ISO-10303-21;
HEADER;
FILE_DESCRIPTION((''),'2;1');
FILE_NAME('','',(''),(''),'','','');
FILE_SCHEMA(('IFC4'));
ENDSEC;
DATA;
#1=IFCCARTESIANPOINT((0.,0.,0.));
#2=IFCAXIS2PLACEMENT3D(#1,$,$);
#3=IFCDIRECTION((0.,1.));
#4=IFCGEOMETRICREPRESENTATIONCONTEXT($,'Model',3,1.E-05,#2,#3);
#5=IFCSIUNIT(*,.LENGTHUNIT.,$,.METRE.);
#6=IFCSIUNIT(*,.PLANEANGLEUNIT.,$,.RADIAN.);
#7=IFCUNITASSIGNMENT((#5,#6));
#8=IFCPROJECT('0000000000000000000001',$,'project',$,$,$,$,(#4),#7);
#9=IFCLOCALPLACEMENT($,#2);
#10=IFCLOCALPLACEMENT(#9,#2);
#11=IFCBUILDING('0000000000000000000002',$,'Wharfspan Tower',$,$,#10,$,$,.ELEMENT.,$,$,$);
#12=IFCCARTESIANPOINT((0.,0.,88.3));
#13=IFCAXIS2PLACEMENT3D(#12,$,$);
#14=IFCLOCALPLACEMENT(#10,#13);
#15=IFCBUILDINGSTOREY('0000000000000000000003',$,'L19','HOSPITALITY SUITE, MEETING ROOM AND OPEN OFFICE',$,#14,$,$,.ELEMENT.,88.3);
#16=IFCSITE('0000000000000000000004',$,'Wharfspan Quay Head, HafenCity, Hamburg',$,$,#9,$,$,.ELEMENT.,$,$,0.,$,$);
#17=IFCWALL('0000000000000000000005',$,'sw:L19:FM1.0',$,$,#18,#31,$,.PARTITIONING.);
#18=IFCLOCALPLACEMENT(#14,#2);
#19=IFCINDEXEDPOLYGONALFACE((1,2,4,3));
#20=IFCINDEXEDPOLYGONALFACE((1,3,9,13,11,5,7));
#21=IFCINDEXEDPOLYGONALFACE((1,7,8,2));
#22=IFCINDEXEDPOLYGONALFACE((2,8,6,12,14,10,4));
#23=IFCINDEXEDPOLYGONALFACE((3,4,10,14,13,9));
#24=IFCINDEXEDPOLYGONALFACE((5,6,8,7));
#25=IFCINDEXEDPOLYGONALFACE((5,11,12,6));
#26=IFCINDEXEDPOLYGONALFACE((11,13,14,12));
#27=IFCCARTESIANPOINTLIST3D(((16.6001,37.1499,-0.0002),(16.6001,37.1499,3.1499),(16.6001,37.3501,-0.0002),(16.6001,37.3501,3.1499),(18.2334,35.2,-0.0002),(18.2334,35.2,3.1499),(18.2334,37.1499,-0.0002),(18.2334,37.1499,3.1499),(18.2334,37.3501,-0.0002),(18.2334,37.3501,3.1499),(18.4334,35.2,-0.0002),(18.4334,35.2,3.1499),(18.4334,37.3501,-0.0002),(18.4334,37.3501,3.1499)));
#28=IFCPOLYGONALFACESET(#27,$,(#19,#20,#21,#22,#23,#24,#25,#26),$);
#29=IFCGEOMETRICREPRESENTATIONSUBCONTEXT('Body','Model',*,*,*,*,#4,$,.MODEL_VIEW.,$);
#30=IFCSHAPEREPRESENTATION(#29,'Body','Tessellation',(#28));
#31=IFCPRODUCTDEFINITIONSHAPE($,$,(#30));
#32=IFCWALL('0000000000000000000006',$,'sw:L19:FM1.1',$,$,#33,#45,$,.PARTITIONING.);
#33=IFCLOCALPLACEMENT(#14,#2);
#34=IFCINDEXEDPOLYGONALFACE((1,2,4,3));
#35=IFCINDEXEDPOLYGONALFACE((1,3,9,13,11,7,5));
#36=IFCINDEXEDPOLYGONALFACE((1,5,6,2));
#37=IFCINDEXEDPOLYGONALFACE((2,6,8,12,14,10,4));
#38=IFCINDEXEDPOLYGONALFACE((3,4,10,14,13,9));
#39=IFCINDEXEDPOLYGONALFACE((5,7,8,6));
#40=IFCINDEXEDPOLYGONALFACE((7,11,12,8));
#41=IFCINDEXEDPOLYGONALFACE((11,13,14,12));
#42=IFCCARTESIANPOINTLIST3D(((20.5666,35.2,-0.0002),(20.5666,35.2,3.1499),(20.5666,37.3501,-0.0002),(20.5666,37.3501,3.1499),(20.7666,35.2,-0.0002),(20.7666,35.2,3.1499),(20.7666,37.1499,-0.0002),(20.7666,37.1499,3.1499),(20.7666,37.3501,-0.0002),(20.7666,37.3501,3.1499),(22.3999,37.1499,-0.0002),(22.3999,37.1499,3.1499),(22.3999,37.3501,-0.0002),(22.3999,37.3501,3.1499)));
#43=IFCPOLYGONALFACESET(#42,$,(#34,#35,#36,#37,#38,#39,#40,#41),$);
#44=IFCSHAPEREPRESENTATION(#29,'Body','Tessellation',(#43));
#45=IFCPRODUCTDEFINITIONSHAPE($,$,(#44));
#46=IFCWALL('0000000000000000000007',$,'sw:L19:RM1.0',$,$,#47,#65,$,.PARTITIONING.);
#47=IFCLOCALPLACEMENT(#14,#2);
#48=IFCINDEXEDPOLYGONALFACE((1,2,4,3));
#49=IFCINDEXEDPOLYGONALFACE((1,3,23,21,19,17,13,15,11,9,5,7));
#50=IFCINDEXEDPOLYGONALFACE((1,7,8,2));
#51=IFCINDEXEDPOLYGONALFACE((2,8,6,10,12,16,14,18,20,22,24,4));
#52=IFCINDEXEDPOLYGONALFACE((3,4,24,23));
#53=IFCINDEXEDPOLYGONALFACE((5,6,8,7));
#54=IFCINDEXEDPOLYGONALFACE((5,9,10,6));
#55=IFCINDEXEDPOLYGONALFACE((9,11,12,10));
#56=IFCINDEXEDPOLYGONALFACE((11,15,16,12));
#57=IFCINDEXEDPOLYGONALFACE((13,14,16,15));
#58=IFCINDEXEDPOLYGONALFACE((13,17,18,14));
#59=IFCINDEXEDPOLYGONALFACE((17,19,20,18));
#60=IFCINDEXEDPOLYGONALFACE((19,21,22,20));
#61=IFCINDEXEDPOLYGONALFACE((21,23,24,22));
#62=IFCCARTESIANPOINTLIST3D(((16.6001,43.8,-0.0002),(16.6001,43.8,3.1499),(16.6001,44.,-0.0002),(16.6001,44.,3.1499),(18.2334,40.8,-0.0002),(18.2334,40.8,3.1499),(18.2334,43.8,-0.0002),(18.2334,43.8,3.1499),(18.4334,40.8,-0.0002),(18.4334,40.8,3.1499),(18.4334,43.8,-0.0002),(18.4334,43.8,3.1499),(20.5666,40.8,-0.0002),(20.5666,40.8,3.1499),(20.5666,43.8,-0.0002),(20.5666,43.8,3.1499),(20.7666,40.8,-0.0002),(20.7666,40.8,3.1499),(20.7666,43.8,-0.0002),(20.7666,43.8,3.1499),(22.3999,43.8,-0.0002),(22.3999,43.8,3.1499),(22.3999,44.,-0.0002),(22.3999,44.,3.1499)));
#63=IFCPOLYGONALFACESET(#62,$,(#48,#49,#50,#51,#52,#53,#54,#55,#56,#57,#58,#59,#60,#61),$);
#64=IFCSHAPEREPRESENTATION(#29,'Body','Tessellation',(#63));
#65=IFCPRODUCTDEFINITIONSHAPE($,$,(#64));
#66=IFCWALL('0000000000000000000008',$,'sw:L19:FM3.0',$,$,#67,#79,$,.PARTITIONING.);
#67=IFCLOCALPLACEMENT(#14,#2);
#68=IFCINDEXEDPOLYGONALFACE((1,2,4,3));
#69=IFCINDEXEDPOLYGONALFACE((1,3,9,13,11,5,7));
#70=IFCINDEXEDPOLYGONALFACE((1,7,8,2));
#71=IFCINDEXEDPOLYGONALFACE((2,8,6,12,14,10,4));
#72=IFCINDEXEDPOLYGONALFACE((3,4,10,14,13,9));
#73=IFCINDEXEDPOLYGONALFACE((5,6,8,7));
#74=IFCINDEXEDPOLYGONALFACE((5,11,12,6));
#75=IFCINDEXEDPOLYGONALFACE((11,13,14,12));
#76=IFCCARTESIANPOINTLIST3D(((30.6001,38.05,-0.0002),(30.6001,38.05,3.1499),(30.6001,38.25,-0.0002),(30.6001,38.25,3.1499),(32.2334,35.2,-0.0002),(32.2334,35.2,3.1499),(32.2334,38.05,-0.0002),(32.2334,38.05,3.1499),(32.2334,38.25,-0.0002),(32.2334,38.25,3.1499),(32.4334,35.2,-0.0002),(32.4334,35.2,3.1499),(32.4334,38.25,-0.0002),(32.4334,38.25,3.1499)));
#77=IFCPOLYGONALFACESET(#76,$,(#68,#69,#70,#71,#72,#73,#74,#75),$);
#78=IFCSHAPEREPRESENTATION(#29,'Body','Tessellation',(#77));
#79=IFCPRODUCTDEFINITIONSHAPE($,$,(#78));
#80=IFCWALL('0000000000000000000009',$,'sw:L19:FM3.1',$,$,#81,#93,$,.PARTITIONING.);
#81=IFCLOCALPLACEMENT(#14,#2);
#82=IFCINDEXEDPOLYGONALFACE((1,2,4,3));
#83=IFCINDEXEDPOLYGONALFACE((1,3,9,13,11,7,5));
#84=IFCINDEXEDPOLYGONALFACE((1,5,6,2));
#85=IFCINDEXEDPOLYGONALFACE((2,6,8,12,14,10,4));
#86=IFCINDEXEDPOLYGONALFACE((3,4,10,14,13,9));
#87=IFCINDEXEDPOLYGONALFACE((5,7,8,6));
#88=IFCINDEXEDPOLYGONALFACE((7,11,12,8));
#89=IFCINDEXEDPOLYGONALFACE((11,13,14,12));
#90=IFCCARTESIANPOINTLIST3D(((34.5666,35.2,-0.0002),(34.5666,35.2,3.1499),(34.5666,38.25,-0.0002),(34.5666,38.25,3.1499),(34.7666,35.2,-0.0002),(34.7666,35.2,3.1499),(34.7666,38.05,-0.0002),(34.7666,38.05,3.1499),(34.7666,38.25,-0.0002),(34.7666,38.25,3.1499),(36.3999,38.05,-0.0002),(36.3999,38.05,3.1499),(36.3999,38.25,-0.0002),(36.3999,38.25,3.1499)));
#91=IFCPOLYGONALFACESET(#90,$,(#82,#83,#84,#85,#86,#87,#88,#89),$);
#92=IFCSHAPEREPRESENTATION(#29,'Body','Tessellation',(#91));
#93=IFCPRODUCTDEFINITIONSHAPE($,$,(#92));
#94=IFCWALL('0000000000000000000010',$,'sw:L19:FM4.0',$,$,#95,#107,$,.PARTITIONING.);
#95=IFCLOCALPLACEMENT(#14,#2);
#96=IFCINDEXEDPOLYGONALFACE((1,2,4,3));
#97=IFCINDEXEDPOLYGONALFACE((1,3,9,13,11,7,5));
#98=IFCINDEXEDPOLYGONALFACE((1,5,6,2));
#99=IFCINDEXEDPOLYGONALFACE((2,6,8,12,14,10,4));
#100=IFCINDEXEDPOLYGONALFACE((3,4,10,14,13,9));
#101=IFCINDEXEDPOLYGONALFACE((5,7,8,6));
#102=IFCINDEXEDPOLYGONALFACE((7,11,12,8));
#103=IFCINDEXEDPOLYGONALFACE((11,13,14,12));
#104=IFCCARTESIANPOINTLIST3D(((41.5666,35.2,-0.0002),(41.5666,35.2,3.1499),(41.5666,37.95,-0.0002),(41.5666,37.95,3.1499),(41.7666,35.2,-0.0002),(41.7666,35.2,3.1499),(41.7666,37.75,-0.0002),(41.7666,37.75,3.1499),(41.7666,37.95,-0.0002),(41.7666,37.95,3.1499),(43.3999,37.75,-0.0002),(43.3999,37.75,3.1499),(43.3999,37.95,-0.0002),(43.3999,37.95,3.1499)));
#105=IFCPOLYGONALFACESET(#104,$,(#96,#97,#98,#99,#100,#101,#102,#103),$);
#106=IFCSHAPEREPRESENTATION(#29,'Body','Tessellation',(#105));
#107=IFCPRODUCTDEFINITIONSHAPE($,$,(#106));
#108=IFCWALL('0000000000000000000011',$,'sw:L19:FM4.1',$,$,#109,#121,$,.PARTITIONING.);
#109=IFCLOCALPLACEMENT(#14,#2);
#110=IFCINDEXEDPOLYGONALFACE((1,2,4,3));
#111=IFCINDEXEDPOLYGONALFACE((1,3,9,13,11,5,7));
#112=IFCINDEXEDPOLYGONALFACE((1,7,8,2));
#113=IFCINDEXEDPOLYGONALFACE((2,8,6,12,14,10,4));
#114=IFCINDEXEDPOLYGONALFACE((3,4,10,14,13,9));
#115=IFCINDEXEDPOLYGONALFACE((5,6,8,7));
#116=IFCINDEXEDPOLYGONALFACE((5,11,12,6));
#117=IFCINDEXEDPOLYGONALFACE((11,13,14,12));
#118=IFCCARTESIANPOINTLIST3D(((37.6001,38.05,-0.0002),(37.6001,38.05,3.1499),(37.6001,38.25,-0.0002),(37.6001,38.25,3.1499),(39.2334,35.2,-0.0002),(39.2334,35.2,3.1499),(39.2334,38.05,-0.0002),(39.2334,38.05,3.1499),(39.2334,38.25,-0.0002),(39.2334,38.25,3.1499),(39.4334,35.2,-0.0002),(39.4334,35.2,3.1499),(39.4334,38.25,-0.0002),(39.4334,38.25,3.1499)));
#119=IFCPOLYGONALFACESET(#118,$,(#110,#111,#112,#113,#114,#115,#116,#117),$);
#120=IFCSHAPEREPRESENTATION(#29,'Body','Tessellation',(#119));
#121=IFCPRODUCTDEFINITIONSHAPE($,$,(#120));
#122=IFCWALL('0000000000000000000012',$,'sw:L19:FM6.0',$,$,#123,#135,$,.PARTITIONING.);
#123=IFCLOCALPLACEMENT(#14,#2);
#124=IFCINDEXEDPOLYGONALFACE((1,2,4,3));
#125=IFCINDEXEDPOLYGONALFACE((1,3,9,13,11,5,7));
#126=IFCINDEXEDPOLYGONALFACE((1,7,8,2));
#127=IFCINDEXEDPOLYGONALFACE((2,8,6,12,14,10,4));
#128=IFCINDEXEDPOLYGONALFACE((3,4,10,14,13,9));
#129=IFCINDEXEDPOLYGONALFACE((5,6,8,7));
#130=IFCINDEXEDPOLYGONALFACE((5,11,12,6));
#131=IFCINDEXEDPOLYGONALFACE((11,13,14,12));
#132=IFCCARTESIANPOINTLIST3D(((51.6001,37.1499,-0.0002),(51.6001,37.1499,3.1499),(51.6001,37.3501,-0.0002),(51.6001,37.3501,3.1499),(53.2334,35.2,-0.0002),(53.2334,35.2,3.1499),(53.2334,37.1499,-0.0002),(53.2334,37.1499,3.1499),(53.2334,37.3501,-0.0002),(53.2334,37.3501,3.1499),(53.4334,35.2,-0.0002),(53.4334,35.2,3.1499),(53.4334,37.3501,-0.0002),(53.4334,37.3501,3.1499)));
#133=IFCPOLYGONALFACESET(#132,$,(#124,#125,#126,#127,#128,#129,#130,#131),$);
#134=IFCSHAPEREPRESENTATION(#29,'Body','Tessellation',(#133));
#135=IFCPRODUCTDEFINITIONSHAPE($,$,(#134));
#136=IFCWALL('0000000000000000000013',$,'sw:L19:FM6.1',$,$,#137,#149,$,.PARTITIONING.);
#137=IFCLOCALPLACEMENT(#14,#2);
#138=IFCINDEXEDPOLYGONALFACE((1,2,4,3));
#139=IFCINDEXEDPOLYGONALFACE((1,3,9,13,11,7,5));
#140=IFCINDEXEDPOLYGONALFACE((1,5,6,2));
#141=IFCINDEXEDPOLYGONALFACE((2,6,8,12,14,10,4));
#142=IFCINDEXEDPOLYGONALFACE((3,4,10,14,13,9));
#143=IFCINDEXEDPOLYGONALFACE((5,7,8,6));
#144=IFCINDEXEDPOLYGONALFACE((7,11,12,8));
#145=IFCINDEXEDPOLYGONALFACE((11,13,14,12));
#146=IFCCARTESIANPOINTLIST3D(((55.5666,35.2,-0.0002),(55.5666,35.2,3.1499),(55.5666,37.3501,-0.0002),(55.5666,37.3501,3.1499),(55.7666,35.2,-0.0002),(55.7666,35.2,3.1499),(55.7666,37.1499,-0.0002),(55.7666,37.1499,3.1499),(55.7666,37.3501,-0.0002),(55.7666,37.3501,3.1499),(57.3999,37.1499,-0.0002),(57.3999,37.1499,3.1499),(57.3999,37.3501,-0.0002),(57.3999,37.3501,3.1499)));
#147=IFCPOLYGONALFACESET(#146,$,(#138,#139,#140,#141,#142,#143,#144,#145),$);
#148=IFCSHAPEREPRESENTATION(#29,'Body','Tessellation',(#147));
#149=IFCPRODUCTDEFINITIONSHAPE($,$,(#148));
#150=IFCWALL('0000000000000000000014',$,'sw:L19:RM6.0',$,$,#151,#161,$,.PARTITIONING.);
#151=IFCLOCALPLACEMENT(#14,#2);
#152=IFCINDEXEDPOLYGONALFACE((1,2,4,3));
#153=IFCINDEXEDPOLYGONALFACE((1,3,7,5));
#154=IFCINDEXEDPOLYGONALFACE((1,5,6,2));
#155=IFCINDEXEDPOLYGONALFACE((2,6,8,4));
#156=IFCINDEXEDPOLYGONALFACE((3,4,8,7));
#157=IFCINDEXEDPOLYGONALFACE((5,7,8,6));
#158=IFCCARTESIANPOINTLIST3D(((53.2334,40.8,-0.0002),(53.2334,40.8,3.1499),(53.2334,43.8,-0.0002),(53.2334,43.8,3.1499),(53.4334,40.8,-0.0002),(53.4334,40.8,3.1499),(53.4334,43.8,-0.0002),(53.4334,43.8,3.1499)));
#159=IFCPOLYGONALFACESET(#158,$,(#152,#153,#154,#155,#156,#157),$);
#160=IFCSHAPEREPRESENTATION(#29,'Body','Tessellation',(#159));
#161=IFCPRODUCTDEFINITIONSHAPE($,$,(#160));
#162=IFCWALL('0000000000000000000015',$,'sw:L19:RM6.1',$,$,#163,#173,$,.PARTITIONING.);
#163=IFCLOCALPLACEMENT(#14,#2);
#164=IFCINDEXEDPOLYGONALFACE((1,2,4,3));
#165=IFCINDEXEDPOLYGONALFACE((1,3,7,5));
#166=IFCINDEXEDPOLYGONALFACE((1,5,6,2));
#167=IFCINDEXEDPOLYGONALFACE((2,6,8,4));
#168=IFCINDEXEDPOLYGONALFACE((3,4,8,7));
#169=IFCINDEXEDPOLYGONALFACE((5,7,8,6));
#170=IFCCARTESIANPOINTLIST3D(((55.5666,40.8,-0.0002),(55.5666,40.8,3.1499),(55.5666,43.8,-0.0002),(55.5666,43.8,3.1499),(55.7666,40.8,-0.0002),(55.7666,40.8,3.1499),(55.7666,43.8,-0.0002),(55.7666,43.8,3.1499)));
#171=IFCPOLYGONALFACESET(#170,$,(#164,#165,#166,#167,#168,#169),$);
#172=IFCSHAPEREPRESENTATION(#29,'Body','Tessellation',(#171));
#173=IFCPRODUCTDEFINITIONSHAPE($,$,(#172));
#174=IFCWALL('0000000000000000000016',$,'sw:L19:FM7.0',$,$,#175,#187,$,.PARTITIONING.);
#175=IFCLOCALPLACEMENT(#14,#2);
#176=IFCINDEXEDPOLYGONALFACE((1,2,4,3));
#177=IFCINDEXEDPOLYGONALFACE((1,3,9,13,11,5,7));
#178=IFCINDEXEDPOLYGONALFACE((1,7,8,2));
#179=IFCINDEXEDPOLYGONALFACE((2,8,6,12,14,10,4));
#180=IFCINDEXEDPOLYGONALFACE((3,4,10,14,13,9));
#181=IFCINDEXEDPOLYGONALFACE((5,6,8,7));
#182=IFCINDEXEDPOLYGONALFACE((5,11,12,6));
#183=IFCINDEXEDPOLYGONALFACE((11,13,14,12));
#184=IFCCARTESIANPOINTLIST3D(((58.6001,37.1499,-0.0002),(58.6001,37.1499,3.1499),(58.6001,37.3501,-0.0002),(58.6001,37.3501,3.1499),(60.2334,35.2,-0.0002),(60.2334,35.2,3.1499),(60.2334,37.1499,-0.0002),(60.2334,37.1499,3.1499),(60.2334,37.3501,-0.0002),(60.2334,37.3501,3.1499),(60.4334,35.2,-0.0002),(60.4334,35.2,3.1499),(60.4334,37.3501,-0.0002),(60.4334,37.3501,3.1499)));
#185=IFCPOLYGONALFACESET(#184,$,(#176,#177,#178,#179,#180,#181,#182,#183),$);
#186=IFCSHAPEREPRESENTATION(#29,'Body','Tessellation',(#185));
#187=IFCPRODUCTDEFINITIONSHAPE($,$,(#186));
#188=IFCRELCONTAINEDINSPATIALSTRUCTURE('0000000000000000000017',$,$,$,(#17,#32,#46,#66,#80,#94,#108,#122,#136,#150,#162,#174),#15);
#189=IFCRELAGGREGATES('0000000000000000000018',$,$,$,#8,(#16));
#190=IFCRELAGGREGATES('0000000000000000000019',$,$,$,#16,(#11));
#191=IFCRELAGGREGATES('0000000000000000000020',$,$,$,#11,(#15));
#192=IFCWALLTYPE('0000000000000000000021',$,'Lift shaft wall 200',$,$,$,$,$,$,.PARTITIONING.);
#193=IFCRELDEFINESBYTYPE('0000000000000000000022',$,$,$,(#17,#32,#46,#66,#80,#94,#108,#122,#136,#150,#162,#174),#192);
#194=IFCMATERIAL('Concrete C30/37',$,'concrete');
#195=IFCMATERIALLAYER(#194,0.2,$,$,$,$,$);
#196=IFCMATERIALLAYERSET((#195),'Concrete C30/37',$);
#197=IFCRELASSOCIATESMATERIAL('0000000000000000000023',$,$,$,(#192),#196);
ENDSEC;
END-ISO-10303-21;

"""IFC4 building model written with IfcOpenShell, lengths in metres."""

from ifc_helpers import new_model, si_unit, direction, frame, origin, place, context, subcontext, project, spatial, polyline, outline, extrude, material, layer, layer_set, type_object, element, save


model = new_model("IFC4")

# Units and contexts
model_context = context("Model", 3, precision=1e-05, world=origin(), true_north=direction((0.0, 1.0)))
body_context = subcontext(model_context, "Body", "Model", "MODEL_VIEW")
ifc_project = project(units=[si_unit("LENGTHUNIT", "METRE"), si_unit("PLANEANGLEUNIT", "RADIAN")], contexts=[model_context])

# Site, building, storey
site_placement = place(None, origin())
site = spatial("IfcSite", under=ifc_project, at=site_placement, Name="Wharfspan Quay Head, HafenCity, Hamburg", CompositionType="ELEMENT", RefElevation=0.0)
building_placement = place(site_placement, origin())
building = spatial("IfcBuilding", under=site, at=building_placement, Name="Wharfspan Tower", CompositionType="ELEMENT")
storey_placement = place(building_placement, frame((0.0, 0.0, 88.3)))
storey = spatial("IfcBuildingStorey", under=building, at=storey_placement, Name="L19", Description="HOSPITALITY SUITE, MEETING ROOM AND OPEN OFFICE", CompositionType="ELEMENT", Elevation=88.3)

# Walls
ifc_material_1 = material(Name="Concrete C30/37", Category="concrete")
ifc_layer_1 = layer(ifc_material_1, 0.2)
ifc_layer_set_1 = layer_set([ifc_layer_1], Name="Concrete C30/37")
wall_type_1 = type_object("IfcWallType", Name="Lift shaft wall 200", PredefinedType="PARTITIONING", material=ifc_layer_set_1)
wall_1_placement = place(storey_placement, frame((0.0, 0.0, -0.0002)))
element("IfcWall", 1, at=wall_1_placement, inside=storey, type_object=wall_type_1, Name="sw:L19:FM1.0", PredefinedType="PARTITIONING", context=body_context, shape_type="SweptSolid", body=[
    extrude(outline(polyline([(18.2334, 37.1499), (16.6001, 37.1499), (16.6001, 37.3501), (18.2334, 37.3501), (18.4334, 37.3501), (18.4334, 35.2), (18.2334, 35.2), (18.2334, 37.1499)])), origin(), (0.0, 0.0, 1.0), 3.1501),
])
wall_2_placement = place(storey_placement, frame((0.0, 0.0, -0.0002)))
element("IfcWall", 2, at=wall_2_placement, inside=storey, type_object=wall_type_1, Name="sw:L19:FM1.1", PredefinedType="PARTITIONING", context=body_context, shape_type="SweptSolid", body=[
    extrude(outline(polyline([(20.5666, 37.3501), (20.7666, 37.3501), (22.3999, 37.3501), (22.3999, 37.1499), (20.7666, 37.1499), (20.7666, 35.2), (20.5666, 35.2), (20.5666, 37.3501)])), origin(), (0.0, 0.0, 1.0), 3.1501),
])
wall_3_placement = place(storey_placement, frame((0.0, 0.0, -0.0002)))
element("IfcWall", 3, at=wall_3_placement, inside=storey, type_object=wall_type_1, Name="sw:L19:RM1.0", PredefinedType="PARTITIONING", context=body_context, shape_type="SweptSolid", body=[
    extrude(outline(polyline([(18.4334, 40.8), (18.2334, 40.8), (18.2334, 43.8), (16.6001, 43.8), (16.6001, 44.0), (22.3999, 44.0), (22.3999, 43.8), (20.7666, 43.8), (20.7666, 40.8), (20.5666, 40.8), (20.5666, 43.8), (18.4334, 43.8), (18.4334, 40.8)])), origin(), (0.0, 0.0, 1.0), 3.1501),
])
wall_4_placement = place(storey_placement, frame((0.0, 0.0, -0.0002)))
element("IfcWall", 4, at=wall_4_placement, inside=storey, type_object=wall_type_1, Name="sw:L19:FM3.0", PredefinedType="PARTITIONING", context=body_context, shape_type="SweptSolid", body=[
    extrude(outline(polyline([(32.2334, 38.05), (30.6001, 38.05), (30.6001, 38.25), (32.2334, 38.25), (32.4333, 38.25), (32.4333, 35.2), (32.2334, 35.2), (32.2334, 38.05)])), origin(), (0.0, 0.0, 1.0), 3.1501),
])
wall_5_placement = place(storey_placement, frame((0.0, 0.0, -0.0002)))
element("IfcWall", 5, at=wall_5_placement, inside=storey, type_object=wall_type_1, Name="sw:L19:FM3.1", PredefinedType="PARTITIONING", context=body_context, shape_type="SweptSolid", body=[
    extrude(outline(polyline([(34.5667, 38.25), (34.7666, 38.25), (36.3999, 38.25), (36.3999, 38.05), (34.7666, 38.05), (34.7666, 35.2), (34.5667, 35.2), (34.5667, 38.25)])), origin(), (0.0, 0.0, 1.0), 3.1501),
])
wall_6_placement = place(storey_placement, frame((0.0, 0.0, -0.0002)))
element("IfcWall", 6, at=wall_6_placement, inside=storey, type_object=wall_type_1, Name="sw:L19:FM4.0", PredefinedType="PARTITIONING", context=body_context, shape_type="SweptSolid", body=[
    extrude(outline(polyline([(41.5667, 37.95), (41.7666, 37.95), (43.3999, 37.95), (43.3999, 37.75), (41.7666, 37.75), (41.7666, 35.2), (41.5667, 35.2), (41.5667, 37.95)])), origin(), (0.0, 0.0, 1.0), 3.1501),
])
wall_7_placement = place(storey_placement, frame((0.0, 0.0, -0.0002)))
element("IfcWall", 7, at=wall_7_placement, inside=storey, type_object=wall_type_1, Name="sw:L19:FM4.1", PredefinedType="PARTITIONING", context=body_context, shape_type="SweptSolid", body=[
    extrude(outline(polyline([(39.2334, 38.05), (37.6001, 38.05), (37.6001, 38.25), (39.2334, 38.25), (39.4333, 38.25), (39.4333, 35.2), (39.2334, 35.2), (39.2334, 38.05)])), origin(), (0.0, 0.0, 1.0), 3.1501),
])
wall_8_placement = place(storey_placement, frame((0.0, 0.0, -0.0002)))
element("IfcWall", 8, at=wall_8_placement, inside=storey, type_object=wall_type_1, Name="sw:L19:FM6.0", PredefinedType="PARTITIONING", context=body_context, shape_type="SweptSolid", body=[
    extrude(outline(polyline([(53.2334, 37.1499), (51.6001, 37.1499), (51.6001, 37.3501), (53.2334, 37.3501), (53.4333, 37.3501), (53.4333, 35.2), (53.2334, 35.2), (53.2334, 37.1499)])), origin(), (0.0, 0.0, 1.0), 3.1501),
])
wall_9_placement = place(storey_placement, frame((0.0, 0.0, -0.0002)))
element("IfcWall", 9, at=wall_9_placement, inside=storey, type_object=wall_type_1, Name="sw:L19:FM6.1", PredefinedType="PARTITIONING", context=body_context, shape_type="SweptSolid", body=[
    extrude(outline(polyline([(55.5667, 37.3501), (55.7666, 37.3501), (57.3999, 37.3501), (57.3999, 37.1499), (55.7666, 37.1499), (55.7666, 35.2), (55.5667, 35.2), (55.5667, 37.3501)])), origin(), (0.0, 0.0, 1.0), 3.1501),
])
wall_10_placement = place(storey_placement, frame((0.0, 0.0, -0.0002)))
element("IfcWall", 10, at=wall_10_placement, inside=storey, type_object=wall_type_1, Name="sw:L19:RM6.0", PredefinedType="PARTITIONING", context=body_context, shape_type="SweptSolid", body=[
    extrude(outline(polyline([(53.2334, 40.8), (53.2334, 43.8), (53.4333, 43.8), (53.4333, 40.8), (53.2334, 40.8)])), origin(), (0.0, 0.0, 1.0), 3.1501),
])
wall_11_placement = place(storey_placement, frame((0.0, 0.0, -0.0002)))
element("IfcWall", 11, at=wall_11_placement, inside=storey, type_object=wall_type_1, Name="sw:L19:RM6.1", PredefinedType="PARTITIONING", context=body_context, shape_type="SweptSolid", body=[
    extrude(outline(polyline([(55.5667, 40.8), (55.5667, 43.8), (55.7666, 43.8), (55.7666, 40.8), (55.5667, 40.8)])), origin(), (0.0, 0.0, 1.0), 3.1501),
])
wall_12_placement = place(storey_placement, frame((0.0, 0.0, -0.0002)))
element("IfcWall", 12, at=wall_12_placement, inside=storey, type_object=wall_type_1, Name="sw:L19:FM7.0", PredefinedType="PARTITIONING", context=body_context, shape_type="SweptSolid", body=[
    extrude(outline(polyline([(60.2334, 37.1499), (58.6001, 37.1499), (58.6001, 37.3501), (60.2334, 37.3501), (60.4333, 37.3501), (60.4333, 35.2), (60.2334, 35.2), (60.2334, 37.1499)])), origin(), (0.0, 0.0, 1.0), 3.1501),
])

save(model, "model.ifc")
